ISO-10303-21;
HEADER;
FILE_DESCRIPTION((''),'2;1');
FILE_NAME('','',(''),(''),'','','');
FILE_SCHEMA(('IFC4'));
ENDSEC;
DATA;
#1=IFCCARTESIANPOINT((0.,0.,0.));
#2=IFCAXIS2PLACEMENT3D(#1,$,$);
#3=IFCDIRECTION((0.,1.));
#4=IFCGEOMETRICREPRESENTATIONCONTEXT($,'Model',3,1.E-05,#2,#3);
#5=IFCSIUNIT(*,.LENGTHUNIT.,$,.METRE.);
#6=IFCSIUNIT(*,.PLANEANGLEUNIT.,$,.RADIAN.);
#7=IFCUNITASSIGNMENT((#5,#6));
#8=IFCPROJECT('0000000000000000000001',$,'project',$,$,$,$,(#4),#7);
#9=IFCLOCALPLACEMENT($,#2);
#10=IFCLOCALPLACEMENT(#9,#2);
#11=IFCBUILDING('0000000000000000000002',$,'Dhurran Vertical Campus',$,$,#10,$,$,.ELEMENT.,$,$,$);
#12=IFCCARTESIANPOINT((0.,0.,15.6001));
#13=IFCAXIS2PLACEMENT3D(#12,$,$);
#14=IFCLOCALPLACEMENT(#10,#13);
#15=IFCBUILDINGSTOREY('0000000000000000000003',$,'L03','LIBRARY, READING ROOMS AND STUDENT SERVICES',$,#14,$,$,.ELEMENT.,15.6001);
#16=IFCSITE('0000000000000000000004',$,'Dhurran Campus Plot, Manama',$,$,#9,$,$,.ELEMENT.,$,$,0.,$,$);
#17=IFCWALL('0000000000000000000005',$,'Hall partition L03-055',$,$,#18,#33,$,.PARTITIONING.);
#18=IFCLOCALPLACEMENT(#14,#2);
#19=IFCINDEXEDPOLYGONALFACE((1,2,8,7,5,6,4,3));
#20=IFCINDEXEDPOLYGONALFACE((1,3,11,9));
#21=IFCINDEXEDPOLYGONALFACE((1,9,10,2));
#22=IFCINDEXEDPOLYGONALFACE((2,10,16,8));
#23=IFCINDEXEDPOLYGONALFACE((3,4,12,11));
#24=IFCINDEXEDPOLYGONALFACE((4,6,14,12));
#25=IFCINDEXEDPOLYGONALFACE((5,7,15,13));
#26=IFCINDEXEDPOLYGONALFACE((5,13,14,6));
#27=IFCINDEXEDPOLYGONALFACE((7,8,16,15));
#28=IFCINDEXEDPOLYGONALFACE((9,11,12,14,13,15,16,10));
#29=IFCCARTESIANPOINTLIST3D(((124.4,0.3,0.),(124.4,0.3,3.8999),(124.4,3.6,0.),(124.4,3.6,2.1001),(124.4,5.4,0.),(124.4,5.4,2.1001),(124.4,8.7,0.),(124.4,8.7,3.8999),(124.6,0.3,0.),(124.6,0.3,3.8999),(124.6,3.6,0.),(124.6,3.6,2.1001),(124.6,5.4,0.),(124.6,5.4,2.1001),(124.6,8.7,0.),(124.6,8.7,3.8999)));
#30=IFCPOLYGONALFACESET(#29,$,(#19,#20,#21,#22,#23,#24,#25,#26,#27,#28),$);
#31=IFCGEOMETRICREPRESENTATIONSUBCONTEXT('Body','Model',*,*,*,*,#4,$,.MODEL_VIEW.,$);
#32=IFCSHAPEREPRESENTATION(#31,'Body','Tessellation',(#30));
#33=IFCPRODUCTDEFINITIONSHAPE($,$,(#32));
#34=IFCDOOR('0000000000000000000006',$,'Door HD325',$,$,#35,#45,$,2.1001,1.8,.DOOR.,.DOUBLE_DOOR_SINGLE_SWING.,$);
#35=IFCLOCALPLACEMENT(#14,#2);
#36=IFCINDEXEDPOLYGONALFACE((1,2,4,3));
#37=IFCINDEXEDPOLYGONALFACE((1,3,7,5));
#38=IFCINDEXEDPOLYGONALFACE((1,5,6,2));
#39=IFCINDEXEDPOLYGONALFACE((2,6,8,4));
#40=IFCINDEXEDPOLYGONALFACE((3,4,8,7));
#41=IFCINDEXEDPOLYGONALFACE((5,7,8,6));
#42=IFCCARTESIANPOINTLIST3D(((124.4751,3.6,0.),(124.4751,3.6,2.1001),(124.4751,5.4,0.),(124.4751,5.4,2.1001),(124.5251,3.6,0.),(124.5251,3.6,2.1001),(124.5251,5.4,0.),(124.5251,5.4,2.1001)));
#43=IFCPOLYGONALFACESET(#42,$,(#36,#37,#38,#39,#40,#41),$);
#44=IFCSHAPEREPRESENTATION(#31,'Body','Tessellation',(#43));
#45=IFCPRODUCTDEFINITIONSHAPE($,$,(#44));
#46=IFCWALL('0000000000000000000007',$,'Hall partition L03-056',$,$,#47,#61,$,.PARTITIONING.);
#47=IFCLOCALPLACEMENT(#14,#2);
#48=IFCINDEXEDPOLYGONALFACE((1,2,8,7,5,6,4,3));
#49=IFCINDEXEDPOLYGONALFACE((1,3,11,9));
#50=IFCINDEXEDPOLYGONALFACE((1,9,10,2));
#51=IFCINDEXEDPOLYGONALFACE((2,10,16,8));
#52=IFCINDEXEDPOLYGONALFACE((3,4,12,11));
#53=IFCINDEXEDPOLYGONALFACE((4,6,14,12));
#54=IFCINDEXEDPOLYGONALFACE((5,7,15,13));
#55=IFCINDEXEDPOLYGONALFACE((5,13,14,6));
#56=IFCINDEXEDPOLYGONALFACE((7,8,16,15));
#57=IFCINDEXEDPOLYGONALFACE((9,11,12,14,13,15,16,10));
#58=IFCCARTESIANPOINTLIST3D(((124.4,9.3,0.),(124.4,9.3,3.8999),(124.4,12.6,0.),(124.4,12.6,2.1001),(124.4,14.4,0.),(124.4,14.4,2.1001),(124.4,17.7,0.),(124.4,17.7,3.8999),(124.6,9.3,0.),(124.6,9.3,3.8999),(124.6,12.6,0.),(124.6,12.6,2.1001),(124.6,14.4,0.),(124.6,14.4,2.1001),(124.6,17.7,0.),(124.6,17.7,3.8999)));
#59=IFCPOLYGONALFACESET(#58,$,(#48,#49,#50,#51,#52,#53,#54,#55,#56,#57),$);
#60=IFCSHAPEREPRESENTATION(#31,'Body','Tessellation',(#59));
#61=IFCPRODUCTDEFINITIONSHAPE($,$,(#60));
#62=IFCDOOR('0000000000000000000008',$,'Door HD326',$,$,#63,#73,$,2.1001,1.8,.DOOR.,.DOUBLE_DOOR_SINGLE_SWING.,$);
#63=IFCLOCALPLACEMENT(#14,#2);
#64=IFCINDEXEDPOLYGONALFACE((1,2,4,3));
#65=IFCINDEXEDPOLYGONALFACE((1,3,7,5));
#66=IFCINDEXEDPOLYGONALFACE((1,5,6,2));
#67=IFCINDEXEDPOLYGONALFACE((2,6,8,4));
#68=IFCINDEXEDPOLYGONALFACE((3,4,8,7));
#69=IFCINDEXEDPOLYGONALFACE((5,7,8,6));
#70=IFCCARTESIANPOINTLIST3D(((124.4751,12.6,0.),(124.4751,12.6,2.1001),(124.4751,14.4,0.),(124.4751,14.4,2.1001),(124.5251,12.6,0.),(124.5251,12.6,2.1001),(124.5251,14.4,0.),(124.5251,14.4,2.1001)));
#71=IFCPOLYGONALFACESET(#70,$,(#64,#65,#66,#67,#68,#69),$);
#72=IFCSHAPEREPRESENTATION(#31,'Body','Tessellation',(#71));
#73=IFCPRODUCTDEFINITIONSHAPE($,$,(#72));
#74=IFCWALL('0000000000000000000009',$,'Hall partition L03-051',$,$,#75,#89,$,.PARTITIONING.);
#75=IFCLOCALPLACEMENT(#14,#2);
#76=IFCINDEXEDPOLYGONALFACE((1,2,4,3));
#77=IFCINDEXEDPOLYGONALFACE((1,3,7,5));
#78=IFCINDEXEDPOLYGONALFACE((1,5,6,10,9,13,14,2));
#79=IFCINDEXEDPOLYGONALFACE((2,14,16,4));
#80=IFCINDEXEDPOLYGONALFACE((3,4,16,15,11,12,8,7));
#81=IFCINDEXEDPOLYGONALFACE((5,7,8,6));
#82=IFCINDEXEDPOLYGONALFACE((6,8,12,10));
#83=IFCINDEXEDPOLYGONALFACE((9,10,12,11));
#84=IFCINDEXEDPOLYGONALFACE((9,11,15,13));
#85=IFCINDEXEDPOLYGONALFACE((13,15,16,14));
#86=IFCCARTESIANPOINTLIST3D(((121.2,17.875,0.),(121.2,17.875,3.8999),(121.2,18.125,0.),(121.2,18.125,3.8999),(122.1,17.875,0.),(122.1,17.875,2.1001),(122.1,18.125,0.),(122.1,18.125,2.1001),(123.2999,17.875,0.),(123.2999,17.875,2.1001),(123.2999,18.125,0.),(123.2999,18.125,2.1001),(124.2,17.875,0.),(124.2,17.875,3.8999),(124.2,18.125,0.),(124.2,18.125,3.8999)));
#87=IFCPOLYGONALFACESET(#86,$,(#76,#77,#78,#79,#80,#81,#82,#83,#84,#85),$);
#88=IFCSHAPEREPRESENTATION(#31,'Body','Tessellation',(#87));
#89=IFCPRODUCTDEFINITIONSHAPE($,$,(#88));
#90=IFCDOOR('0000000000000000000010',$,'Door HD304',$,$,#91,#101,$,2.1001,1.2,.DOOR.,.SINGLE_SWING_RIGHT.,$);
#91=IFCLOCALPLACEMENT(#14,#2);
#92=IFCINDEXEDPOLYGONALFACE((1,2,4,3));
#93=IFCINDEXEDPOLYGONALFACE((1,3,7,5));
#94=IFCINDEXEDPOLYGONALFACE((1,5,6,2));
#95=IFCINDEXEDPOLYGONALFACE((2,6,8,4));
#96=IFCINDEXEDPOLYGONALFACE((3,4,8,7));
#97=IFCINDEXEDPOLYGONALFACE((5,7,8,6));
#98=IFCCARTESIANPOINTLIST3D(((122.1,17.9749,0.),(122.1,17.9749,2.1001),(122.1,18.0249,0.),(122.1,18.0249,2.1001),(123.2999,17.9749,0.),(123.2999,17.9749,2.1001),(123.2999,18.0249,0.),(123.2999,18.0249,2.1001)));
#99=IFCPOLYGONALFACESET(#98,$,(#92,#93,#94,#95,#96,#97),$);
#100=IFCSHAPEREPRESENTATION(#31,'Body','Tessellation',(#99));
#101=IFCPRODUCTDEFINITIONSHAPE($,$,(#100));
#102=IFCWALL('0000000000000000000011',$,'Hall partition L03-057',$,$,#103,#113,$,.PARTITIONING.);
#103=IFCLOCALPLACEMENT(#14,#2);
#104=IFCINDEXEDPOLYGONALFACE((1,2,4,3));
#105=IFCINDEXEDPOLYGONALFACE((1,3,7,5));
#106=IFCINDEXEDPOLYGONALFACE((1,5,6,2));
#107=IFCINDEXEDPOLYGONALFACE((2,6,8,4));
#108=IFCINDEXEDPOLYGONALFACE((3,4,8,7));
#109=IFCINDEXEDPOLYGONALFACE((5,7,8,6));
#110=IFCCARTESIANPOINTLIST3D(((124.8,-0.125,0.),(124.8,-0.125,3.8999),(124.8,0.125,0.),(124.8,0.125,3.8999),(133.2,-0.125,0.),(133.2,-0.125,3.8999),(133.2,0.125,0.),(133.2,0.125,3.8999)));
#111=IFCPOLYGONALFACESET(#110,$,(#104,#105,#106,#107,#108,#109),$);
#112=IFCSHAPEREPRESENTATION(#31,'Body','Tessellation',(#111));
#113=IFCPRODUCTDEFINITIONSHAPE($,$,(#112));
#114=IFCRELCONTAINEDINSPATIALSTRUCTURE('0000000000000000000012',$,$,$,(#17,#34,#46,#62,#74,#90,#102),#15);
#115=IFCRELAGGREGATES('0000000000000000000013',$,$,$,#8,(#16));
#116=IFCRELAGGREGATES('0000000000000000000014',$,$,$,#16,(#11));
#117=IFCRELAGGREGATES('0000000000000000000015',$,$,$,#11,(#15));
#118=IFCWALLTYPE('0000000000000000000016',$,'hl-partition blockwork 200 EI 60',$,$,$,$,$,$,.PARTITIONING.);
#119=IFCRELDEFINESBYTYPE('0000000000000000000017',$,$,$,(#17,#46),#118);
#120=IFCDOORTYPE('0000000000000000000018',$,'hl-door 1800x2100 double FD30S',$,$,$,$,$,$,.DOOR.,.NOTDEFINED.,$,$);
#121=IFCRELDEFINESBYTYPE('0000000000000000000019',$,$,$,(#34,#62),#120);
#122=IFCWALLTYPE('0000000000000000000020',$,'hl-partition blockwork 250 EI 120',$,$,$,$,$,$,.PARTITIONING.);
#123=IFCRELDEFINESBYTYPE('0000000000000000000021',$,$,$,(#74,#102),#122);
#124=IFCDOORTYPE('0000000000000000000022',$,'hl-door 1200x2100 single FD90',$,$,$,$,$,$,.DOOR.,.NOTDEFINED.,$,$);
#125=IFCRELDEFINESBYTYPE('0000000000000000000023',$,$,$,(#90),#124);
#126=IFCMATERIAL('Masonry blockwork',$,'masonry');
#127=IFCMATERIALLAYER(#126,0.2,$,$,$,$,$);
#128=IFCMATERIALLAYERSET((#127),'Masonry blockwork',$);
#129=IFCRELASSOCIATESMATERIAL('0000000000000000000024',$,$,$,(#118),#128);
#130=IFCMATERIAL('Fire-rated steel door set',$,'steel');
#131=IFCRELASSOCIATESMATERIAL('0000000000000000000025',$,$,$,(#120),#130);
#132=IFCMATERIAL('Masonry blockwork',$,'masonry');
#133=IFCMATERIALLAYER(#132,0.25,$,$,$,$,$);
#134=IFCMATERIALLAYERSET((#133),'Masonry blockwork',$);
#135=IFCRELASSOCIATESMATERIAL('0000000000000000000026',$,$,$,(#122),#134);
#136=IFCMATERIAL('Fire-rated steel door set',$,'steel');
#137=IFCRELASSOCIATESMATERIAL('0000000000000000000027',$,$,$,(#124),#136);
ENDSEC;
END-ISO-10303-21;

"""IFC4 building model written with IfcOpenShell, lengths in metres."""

from ifc_helpers import new_model, si_unit, direction, frame, frame_2d, origin, place, context, subcontext, project, spatial, rectangle, extrude, material, layer, layer_set, type_object, element, fill, save


model = new_model("IFC4")

# Units and contexts
model_context = context("Model", 3, precision=1e-05, world=origin(), true_north=direction((0.0, 1.0)))
body_context = subcontext(model_context, "Body", "Model", "MODEL_VIEW")
ifc_project = project(units=[si_unit("LENGTHUNIT", "METRE"), si_unit("PLANEANGLEUNIT", "RADIAN")], contexts=[model_context])

# Site, building, storey
site_placement = place(None, origin())
site = spatial("IfcSite", under=ifc_project, at=site_placement, Name="Dhurran Campus Plot, Manama", CompositionType="ELEMENT", RefElevation=0.0)
building_placement = place(site_placement, origin())
building = spatial("IfcBuilding", under=site, at=building_placement, Name="Dhurran Vertical Campus", CompositionType="ELEMENT")
storey_placement = place(building_placement, frame((0.0, 0.0, 15.6001)))
storey = spatial("IfcBuildingStorey", under=building, at=storey_placement, Name="L03", Description="LIBRARY, READING ROOMS AND STUDENT SERVICES", CompositionType="ELEMENT", Elevation=15.6001)

# Walls, openings, doors
ifc_material_1 = material(Name="Masonry blockwork", Category="masonry")
ifc_layer_1 = layer(ifc_material_1, 0.2)
ifc_layer_set_1 = layer_set([ifc_layer_1], Name="Masonry blockwork")
wall_type_1 = type_object("IfcWallType", Name="hl-partition blockwork 200 EI 60", PredefinedType="PARTITIONING", material=ifc_layer_set_1)
wall_1_placement = place(storey_placement, frame((124.5, 0.3, 0.0), z_axis=(0.0, 0.0, 1.0), x_axis=(0.0, 1.0, 0.0)))
wall_1 = element("IfcWall", 1, at=wall_1_placement, inside=storey, type_object=wall_type_1, Name="Hall partition L03-055", PredefinedType="PARTITIONING", context=body_context, shape_type="SweptSolid", body=[
    extrude(rectangle(XDim=8.3999, YDim=0.2, at=frame_2d((4.2, 0.0))), origin(), (0.0, 0.0, 1.0), 3.8999),
])
opening_1_placement = place(wall_1_placement, frame((3.3, 0.0, 0.0)))
opening_1 = element("IfcOpeningElement", 2, at=opening_1_placement, cuts=wall_1, PredefinedType="OPENING", context=body_context, shape_type="SweptSolid", body=[
    extrude(rectangle(XDim=1.8, YDim=2.1001, at=frame_2d((0.8999, 1.05))), frame((0.0, 0.1099, 0.0), z_axis=(0.0, -1.0, 0.0), x_axis=(1.0, 0.0, 0.0)), (0.0, 0.0, 1.0), 0.22),
])
ifc_material_2 = material(Name="Fire-rated steel door set", Category="steel")
door_type_1 = type_object("IfcDoorType", Name="hl-door 1800x2100 double FD30S", OperationType="NOTDEFINED", PredefinedType="DOOR", material=ifc_material_2)
door_1_placement = place(opening_1_placement, origin())
door_1 = element("IfcDoor", 3, at=door_1_placement, inside=storey, type_object=door_type_1, Name="Door HD325", OperationType="DOUBLE_DOOR_SINGLE_SWING", OverallHeight=2.1001, OverallWidth=1.8, PredefinedType="DOOR", context=body_context, shape_type="SweptSolid", body=[
    extrude(rectangle(XDim=1.8, YDim=2.1001, at=frame_2d((0.8999, 1.05))), frame((0.0, 0.0249, 0.0), z_axis=(0.0, -1.0, 0.0), x_axis=(1.0, 0.0, 0.0)), (0.0, 0.0, 1.0), 0.05),
])
fill(opening_1, door_1)
wall_2_placement = place(storey_placement, frame((124.5, 9.3, 0.0), z_axis=(0.0, 0.0, 1.0), x_axis=(0.0, 1.0, 0.0)))
wall_2 = element("IfcWall", 4, at=wall_2_placement, inside=storey, type_object=wall_type_1, Name="Hall partition L03-056", PredefinedType="PARTITIONING", context=body_context, shape_type="SweptSolid", body=[
    extrude(rectangle(XDim=8.3999, YDim=0.2, at=frame_2d((4.2, 0.0))), origin(), (0.0, 0.0, 1.0), 3.8999),
])
opening_2_placement = place(wall_2_placement, frame((3.3, 0.0, 0.0)))
opening_2 = element("IfcOpeningElement", 5, at=opening_2_placement, cuts=wall_2, PredefinedType="OPENING", context=body_context, shape_type="SweptSolid", body=[
    extrude(rectangle(XDim=1.8, YDim=2.1001, at=frame_2d((0.8999, 1.05))), frame((0.0, 0.1099, 0.0), z_axis=(0.0, -1.0, 0.0), x_axis=(1.0, 0.0, 0.0)), (0.0, 0.0, 1.0), 0.22),
])
door_2_placement = place(opening_2_placement, origin())
door_2 = element("IfcDoor", 6, at=door_2_placement, inside=storey, type_object=door_type_1, Name="Door HD326", OperationType="DOUBLE_DOOR_SINGLE_SWING", OverallHeight=2.1001, OverallWidth=1.8, PredefinedType="DOOR", context=body_context, shape_type="SweptSolid", body=[
    extrude(rectangle(XDim=1.8, YDim=2.1001, at=frame_2d((0.8999, 1.05))), frame((0.0, 0.0249, 0.0), z_axis=(0.0, -1.0, 0.0), x_axis=(1.0, 0.0, 0.0)), (0.0, 0.0, 1.0), 0.05),
])
fill(opening_2, door_2)
ifc_material_3 = material(Name="Masonry blockwork", Category="masonry")
ifc_layer_2 = layer(ifc_material_3, 0.25)
ifc_layer_set_2 = layer_set([ifc_layer_2], Name="Masonry blockwork")
wall_type_2 = type_object("IfcWallType", Name="hl-partition blockwork 250 EI 120", PredefinedType="PARTITIONING", material=ifc_layer_set_2)
wall_3_placement = place(storey_placement, frame((121.2, 18.0, 0.0), z_axis=(0.0, 0.0, 1.0), x_axis=(1.0, 0.0, 0.0)))
wall_3 = element("IfcWall", 7, at=wall_3_placement, inside=storey, type_object=wall_type_2, Name="Hall partition L03-051", PredefinedType="PARTITIONING", context=body_context, shape_type="SweptSolid", body=[
    extrude(rectangle(XDim=3.0, YDim=0.25, at=frame_2d((1.5, 0.0))), origin(), (0.0, 0.0, 1.0), 3.8999),
])
opening_3_placement = place(wall_3_placement, frame((0.8999, 0.0, 0.0)))
opening_3 = element("IfcOpeningElement", 8, at=opening_3_placement, cuts=wall_3, PredefinedType="OPENING", context=body_context, shape_type="SweptSolid", body=[
    extrude(rectangle(XDim=1.2, YDim=2.1001, at=frame_2d((0.6001, 1.05))), frame((0.0, 0.135, 0.0), z_axis=(0.0, -1.0, 0.0), x_axis=(1.0, 0.0, 0.0)), (0.0, 0.0, 1.0), 0.27),
])
ifc_material_4 = material(Name="Fire-rated steel door set", Category="steel")
door_type_2 = type_object("IfcDoorType", Name="hl-door 1200x2100 single FD90", OperationType="NOTDEFINED", PredefinedType="DOOR", material=ifc_material_4)
door_3_placement = place(opening_3_placement, origin())
door_3 = element("IfcDoor", 9, at=door_3_placement, inside=storey, type_object=door_type_2, Name="Door HD304", OperationType="SINGLE_SWING_RIGHT", OverallHeight=2.1001, OverallWidth=1.2, PredefinedType="DOOR", context=body_context, shape_type="SweptSolid", body=[
    extrude(rectangle(XDim=1.2, YDim=2.1001, at=frame_2d((0.6001, 1.05))), frame((0.0, 0.0249, 0.0), z_axis=(0.0, -1.0, 0.0), x_axis=(1.0, 0.0, 0.0)), (0.0, 0.0, 1.0), 0.05),
])
fill(opening_3, door_3)

# Wall
wall_4_placement = place(storey_placement, frame((124.8, 0.0, 0.0), z_axis=(0.0, 0.0, 1.0), x_axis=(1.0, 0.0, 0.0)))
element("IfcWall", 10, at=wall_4_placement, inside=storey, type_object=wall_type_2, Name="Hall partition L03-057", PredefinedType="PARTITIONING", context=body_context, shape_type="SweptSolid", body=[
    extrude(rectangle(XDim=8.3999, YDim=0.25, at=frame_2d((4.2, 0.0))), origin(), (0.0, 0.0, 1.0), 3.8999),
])

save(model, "model.ifc")
